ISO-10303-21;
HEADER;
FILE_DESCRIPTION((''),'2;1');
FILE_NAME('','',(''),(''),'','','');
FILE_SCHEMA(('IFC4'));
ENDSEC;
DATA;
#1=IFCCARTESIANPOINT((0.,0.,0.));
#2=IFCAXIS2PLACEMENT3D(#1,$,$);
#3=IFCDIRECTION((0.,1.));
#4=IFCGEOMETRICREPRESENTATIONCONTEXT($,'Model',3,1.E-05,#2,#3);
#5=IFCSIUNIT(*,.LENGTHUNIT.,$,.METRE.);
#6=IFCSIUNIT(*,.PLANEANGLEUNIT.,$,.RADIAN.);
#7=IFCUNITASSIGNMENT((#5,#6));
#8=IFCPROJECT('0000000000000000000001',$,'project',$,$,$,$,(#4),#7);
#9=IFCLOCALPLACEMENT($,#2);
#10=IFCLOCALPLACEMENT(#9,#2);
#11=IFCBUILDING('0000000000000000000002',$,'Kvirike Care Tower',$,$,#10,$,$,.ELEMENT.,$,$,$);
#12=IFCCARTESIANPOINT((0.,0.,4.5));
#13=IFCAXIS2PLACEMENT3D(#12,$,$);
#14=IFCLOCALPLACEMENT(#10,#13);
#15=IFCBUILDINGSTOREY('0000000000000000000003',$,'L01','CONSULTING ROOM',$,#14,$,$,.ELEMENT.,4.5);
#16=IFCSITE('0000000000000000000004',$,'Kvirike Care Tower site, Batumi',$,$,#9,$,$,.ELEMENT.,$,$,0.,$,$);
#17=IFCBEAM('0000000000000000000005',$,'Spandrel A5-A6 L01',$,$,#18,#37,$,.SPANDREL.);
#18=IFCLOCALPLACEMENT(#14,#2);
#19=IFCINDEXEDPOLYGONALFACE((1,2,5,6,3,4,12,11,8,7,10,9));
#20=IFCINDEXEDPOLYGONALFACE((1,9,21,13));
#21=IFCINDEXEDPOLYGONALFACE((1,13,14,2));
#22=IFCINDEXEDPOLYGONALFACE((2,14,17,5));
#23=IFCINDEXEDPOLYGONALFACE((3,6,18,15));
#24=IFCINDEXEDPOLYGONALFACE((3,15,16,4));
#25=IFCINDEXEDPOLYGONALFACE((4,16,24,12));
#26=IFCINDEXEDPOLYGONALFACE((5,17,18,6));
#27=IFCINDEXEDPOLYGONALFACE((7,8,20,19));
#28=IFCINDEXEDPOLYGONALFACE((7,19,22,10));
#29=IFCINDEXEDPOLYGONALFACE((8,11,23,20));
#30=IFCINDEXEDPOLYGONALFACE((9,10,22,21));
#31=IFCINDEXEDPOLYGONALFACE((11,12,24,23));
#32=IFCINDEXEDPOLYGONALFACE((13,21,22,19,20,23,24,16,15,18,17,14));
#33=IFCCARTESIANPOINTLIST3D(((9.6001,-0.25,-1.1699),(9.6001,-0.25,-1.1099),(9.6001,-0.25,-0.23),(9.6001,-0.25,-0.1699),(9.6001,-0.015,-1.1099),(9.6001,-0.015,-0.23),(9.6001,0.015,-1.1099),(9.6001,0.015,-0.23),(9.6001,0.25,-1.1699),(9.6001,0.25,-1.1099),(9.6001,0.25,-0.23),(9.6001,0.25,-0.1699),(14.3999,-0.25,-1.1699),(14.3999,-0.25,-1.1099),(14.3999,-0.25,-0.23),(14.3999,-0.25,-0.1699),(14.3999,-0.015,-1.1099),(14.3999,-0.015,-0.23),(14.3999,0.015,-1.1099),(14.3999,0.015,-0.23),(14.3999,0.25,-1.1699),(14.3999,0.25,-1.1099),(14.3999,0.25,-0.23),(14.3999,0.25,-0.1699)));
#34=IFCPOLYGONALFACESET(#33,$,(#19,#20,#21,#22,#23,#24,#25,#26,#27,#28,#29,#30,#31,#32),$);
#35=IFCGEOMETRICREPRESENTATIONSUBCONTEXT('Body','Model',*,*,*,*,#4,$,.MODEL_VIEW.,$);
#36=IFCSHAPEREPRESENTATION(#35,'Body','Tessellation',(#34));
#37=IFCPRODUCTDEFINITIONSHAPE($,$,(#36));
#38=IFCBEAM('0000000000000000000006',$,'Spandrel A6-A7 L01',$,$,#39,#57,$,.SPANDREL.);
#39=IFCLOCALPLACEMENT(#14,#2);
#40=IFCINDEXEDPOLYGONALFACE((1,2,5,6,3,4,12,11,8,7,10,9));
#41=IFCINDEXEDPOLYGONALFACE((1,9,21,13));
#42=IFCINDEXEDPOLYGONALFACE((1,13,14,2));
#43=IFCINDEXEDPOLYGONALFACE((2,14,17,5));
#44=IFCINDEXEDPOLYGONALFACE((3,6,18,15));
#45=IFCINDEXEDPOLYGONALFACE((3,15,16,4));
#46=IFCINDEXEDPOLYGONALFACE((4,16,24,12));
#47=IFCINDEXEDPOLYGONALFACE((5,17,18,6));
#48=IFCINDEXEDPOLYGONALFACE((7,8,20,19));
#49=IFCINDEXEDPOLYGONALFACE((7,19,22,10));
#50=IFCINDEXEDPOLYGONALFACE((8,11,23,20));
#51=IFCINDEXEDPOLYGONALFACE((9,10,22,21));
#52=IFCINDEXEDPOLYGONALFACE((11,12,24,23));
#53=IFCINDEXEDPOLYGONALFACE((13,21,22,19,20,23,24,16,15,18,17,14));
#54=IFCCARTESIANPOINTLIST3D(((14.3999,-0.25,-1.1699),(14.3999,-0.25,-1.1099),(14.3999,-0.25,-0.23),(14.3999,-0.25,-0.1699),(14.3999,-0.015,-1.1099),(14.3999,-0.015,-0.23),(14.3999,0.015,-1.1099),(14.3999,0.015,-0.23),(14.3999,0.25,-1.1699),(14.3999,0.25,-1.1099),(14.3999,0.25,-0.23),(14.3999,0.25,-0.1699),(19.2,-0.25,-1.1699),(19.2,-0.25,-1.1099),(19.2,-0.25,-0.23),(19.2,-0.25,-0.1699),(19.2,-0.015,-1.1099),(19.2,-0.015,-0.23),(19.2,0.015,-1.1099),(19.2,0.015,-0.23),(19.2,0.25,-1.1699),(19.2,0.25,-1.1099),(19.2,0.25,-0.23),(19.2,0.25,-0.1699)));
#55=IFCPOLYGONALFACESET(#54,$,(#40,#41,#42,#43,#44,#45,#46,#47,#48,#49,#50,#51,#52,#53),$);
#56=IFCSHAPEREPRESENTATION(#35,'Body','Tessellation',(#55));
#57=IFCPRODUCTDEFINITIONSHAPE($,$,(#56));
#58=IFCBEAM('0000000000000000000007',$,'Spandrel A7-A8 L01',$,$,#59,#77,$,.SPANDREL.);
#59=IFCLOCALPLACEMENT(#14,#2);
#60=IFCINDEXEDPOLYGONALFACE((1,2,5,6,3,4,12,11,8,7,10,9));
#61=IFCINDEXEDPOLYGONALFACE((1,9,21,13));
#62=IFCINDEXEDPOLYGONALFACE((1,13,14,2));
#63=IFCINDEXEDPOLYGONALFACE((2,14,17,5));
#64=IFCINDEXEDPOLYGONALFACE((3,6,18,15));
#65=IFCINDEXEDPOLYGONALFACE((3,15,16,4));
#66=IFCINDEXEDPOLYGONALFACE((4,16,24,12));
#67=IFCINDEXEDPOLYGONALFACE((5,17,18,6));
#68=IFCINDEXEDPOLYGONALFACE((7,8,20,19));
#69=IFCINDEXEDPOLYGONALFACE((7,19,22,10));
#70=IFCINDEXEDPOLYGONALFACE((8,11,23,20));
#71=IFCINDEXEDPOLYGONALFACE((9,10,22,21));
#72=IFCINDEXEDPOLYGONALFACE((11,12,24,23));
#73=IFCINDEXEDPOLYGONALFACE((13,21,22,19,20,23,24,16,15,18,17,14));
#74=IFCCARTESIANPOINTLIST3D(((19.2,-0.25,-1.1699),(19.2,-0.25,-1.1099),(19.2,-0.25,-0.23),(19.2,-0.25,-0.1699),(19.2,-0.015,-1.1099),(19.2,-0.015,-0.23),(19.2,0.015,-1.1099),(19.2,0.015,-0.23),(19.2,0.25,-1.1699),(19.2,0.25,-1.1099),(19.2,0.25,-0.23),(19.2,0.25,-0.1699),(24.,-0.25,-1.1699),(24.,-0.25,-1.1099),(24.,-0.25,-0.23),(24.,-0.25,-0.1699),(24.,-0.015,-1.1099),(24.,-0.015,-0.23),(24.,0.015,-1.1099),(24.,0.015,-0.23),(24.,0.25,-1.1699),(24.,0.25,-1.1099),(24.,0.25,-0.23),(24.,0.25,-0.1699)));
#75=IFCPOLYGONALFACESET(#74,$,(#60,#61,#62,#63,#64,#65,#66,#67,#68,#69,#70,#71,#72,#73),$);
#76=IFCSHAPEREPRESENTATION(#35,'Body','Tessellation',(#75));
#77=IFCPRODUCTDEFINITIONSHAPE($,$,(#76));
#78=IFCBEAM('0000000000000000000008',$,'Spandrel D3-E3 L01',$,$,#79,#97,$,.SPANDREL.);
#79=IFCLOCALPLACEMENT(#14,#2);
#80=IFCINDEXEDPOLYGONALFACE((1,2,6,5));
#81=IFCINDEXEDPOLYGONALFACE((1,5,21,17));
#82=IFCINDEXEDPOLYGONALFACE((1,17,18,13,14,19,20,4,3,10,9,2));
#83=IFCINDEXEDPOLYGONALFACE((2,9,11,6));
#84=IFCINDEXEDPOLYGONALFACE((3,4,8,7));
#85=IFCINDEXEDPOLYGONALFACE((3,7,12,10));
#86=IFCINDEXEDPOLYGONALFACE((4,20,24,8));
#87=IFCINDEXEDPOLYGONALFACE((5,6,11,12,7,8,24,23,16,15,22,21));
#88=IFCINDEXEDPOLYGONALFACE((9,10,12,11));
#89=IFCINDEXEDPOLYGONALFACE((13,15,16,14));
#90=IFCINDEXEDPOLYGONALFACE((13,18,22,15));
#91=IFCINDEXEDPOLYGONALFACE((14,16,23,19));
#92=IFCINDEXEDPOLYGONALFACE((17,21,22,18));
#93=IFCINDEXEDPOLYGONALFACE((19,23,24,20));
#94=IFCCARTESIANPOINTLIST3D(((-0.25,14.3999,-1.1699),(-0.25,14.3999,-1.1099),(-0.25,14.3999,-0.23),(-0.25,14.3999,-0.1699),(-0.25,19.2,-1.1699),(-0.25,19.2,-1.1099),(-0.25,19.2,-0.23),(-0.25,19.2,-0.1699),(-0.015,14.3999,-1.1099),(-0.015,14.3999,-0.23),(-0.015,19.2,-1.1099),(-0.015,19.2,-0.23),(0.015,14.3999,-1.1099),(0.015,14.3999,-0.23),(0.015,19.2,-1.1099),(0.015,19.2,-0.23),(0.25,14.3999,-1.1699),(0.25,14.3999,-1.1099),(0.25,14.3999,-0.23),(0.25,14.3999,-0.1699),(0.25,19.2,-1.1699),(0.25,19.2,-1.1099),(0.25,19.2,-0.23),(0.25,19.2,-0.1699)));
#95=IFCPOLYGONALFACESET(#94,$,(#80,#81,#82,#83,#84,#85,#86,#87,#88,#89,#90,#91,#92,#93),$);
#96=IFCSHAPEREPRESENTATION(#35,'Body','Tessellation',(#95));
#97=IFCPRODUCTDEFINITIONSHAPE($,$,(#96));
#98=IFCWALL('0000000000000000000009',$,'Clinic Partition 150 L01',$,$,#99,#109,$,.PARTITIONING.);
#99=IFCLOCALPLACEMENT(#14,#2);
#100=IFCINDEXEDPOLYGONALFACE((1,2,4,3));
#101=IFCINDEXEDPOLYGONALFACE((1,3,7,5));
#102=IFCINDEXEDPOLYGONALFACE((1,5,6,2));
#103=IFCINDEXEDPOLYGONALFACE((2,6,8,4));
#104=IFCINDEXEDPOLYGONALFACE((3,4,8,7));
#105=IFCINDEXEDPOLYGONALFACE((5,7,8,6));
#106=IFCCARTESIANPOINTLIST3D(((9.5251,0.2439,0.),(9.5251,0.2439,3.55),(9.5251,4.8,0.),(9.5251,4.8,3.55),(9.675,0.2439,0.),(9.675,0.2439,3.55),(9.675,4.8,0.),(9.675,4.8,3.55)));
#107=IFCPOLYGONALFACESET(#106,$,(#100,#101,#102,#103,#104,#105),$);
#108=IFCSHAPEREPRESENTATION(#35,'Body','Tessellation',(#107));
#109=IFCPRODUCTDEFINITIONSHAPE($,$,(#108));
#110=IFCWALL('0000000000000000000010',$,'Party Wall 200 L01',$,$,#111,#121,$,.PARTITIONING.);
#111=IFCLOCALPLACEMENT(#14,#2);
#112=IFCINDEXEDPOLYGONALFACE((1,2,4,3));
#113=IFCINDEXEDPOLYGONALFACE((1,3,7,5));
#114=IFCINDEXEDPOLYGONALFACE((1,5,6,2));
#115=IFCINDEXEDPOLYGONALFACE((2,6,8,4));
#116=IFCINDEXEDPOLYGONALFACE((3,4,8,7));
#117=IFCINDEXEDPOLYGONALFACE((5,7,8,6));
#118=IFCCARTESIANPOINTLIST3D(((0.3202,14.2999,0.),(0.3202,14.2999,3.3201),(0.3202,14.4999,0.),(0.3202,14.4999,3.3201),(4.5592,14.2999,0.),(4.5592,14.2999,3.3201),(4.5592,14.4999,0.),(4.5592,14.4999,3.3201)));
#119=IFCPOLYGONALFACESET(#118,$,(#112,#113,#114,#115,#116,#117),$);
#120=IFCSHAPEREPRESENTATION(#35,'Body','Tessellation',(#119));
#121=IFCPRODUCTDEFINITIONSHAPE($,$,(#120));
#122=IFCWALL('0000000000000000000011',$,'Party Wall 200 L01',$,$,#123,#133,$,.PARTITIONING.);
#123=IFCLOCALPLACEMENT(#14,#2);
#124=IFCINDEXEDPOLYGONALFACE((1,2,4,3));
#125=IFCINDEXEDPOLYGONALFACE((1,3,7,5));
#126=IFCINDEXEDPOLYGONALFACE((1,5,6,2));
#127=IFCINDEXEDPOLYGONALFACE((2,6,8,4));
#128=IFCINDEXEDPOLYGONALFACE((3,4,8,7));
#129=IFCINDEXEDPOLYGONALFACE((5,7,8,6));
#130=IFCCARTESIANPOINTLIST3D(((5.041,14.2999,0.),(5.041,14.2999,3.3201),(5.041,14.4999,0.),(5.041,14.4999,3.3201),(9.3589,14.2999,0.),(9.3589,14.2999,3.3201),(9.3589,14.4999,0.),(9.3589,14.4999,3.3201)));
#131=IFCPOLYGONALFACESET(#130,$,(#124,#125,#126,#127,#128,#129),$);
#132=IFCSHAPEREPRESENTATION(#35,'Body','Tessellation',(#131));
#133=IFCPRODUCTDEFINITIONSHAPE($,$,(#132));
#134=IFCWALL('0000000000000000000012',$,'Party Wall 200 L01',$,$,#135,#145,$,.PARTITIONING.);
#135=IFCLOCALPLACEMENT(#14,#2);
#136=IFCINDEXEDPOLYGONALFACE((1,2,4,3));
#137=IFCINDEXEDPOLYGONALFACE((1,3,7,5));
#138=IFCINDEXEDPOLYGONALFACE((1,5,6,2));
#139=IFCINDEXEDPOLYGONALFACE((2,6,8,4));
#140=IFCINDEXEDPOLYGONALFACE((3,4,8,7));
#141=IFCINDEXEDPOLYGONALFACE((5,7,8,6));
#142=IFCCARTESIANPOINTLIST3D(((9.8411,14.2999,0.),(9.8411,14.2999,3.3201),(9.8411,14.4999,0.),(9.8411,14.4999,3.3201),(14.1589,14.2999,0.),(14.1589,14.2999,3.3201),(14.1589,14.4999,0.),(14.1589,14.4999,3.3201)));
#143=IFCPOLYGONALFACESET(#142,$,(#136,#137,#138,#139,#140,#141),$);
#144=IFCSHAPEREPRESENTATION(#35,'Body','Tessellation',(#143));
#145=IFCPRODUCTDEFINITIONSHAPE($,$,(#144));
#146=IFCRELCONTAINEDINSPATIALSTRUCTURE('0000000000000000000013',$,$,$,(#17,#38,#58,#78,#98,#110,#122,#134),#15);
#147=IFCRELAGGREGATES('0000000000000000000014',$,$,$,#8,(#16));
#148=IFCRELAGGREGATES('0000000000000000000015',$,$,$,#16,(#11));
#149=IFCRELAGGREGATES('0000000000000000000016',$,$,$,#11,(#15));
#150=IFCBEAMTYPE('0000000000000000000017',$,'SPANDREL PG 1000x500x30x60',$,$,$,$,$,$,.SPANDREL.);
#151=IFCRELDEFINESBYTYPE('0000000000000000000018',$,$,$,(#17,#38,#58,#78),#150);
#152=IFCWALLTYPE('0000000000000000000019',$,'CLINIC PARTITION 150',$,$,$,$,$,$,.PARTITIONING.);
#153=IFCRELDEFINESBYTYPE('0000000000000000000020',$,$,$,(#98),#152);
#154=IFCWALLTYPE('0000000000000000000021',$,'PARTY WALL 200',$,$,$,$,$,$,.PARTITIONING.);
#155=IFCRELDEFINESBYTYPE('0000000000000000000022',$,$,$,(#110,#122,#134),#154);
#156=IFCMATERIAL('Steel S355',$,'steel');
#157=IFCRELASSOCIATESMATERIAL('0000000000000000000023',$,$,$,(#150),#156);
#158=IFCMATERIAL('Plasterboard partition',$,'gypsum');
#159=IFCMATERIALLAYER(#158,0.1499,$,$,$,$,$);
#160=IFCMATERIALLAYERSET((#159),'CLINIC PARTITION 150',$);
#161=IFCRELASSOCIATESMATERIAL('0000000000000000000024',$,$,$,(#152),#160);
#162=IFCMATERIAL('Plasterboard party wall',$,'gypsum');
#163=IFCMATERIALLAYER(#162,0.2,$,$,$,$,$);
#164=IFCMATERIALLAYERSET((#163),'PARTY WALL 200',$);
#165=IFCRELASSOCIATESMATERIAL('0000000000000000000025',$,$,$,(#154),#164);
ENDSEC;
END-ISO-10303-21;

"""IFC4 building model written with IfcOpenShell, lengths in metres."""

from ifc_helpers import new_model, si_unit, direction, frame, frame_2d, origin, origin_2d, place, context, subcontext, project, spatial, rectangle, i_section, extrude, material, layer, layer_set, material_profile, profile_set, type_object, element, save


model = new_model("IFC4")

# Units and contexts
model_context = context("Model", 3, precision=1e-05, world=origin(), true_north=direction((0.0, 1.0)))
body_context = subcontext(model_context, "Body", "Model", "MODEL_VIEW")
ifc_project = project(units=[si_unit("LENGTHUNIT", "METRE"), si_unit("PLANEANGLEUNIT", "RADIAN")], contexts=[model_context])

# Site, building, storey
site_placement = place(None, origin())
site = spatial("IfcSite", under=ifc_project, at=site_placement, Name="Kvirike Care Tower site, Batumi", CompositionType="ELEMENT", RefElevation=0.0)
building_placement = place(site_placement, origin())
building = spatial("IfcBuilding", under=site, at=building_placement, Name="Kvirike Care Tower", CompositionType="ELEMENT")
storey_placement = place(building_placement, frame((0.0, 0.0, 4.5)))
storey = spatial("IfcBuildingStorey", under=building, at=storey_placement, Name="L01", Description="CONSULTING ROOM", CompositionType="ELEMENT", Elevation=4.5)

# Beams
ifc_material_1 = material(Name="Steel S355", Category="steel")
ifc_material_profile_1 = material_profile(ifc_material_1, i_section(OverallWidth=0.5, OverallDepth=1.0, WebThickness=0.03, FlangeThickness=0.0601, at=origin_2d()), Name="PG 1000x500x30x60")
ifc_profile_set_1 = profile_set([ifc_material_profile_1], Name="Steel S355")
beam_type_1 = type_object("IfcBeamType", Name="SPANDREL PG 1000x500x30x60", PredefinedType="SPANDREL", material=ifc_profile_set_1)
beam_1_placement = place(storey_placement, frame((9.6001, 0.0, -0.6699), z_axis=(1.0, 0.0, 0.0), x_axis=(0.0, 1.0, 0.0)))
element("IfcBeam", 1, at=beam_1_placement, inside=storey, type_object=beam_type_1, Name="Spandrel A5-A6 L01", PredefinedType="SPANDREL", context=body_context, shape_type="SweptSolid", body=[
    extrude(i_section(OverallWidth=0.5, OverallDepth=1.0, WebThickness=0.03, FlangeThickness=0.0601, at=origin_2d()), origin(), (0.0, 0.0, 1.0), 4.7998),
])
for number, where, z_axis, x_axis, name in (
    (2, (14.3999, 0.0, -0.6699), (1.0, 0.0, 0.0), (0.0, 1.0, 0.0), "Spandrel A6-A7 L01"),
    (3, (19.2, 0.0, -0.6699), (1.0, 0.0, 0.0), (0.0, 1.0, 0.0), "Spandrel A7-A8 L01"),
    (4, (0.0, 14.3999, -0.6699), (0.0, 1.0, 0.0), (-1.0, 0.0, 0.0), "Spandrel D3-E3 L01"),
):
    element("IfcBeam", number, at=place(storey_placement, frame(where, z_axis=z_axis, x_axis=x_axis)), inside=storey, type_object=beam_type_1, Name=name, PredefinedType="SPANDREL", context=body_context, shape_type="SweptSolid", body=[
        extrude(i_section(OverallWidth=0.5, OverallDepth=1.0, WebThickness=0.03, FlangeThickness=0.0601, at=origin_2d()), origin(), (0.0, 0.0, 1.0), 4.8),
    ])

# Walls
ifc_material_2 = material(Name="Plasterboard partition", Category="gypsum")
ifc_layer_1 = layer(ifc_material_2, 0.1499)
ifc_layer_set_1 = layer_set([ifc_layer_1], Name="CLINIC PARTITION 150")
wall_type_1 = type_object("IfcWallType", Name="CLINIC PARTITION 150", PredefinedType="PARTITIONING", material=ifc_layer_set_1)
wall_1_placement = place(storey_placement, frame((9.6001, 0.2439, 0.0), z_axis=(0.0, 0.0, 1.0), x_axis=(0.0, 1.0, 0.0)))
element("IfcWall", 5, at=wall_1_placement, inside=storey, type_object=wall_type_1, Name="Clinic Partition 150 L01", PredefinedType="PARTITIONING", context=body_context, shape_type="SweptSolid", body=[
    extrude(rectangle(XDim=4.5562, YDim=0.1499, at=frame_2d((2.2781, 0.0))), origin(), (0.0, 0.0, 1.0), 3.55),
])
ifc_material_3 = material(Name="Plasterboard party wall", Category="gypsum")
ifc_layer_2 = layer(ifc_material_3, 0.2)
ifc_layer_set_2 = layer_set([ifc_layer_2], Name="PARTY WALL 200")
wall_type_2 = type_object("IfcWallType", Name="PARTY WALL 200", PredefinedType="PARTITIONING", material=ifc_layer_set_2)
wall_2_placement = place(storey_placement, frame((0.3201, 14.3999, 0.0), z_axis=(0.0, 0.0, 1.0), x_axis=(1.0, 0.0, 0.0)))
element("IfcWall", 6, at=wall_2_placement, inside=storey, type_object=wall_type_2, Name="Party Wall 200 L01", PredefinedType="PARTITIONING", context=body_context, shape_type="SweptSolid", body=[
    extrude(rectangle(XDim=4.239, YDim=0.2, at=frame_2d((2.1196, 0.0))), origin(), (0.0, 0.0, 1.0), 3.3201),
])
for number, where, z_axis, x_axis, name in (
    (7, (5.041, 14.3999, 0.0), (0.0, 0.0, 1.0), (1.0, 0.0, 0.0), "Party Wall 200 L01"),
    (8, (9.8411, 14.3999, 0.0), (0.0, 0.0, 1.0), (1.0, 0.0, 0.0), "Party Wall 200 L01"),
):
    element("IfcWall", number, at=place(storey_placement, frame(where, z_axis=z_axis, x_axis=x_axis)), inside=storey, type_object=wall_type_2, Name=name, PredefinedType="PARTITIONING", context=body_context, shape_type="SweptSolid", body=[
        extrude(rectangle(XDim=4.3179, YDim=0.2, at=frame_2d((2.1589, 0.0))), origin(), (0.0, 0.0, 1.0), 3.3201),
    ])

save(model, "model.ifc")
